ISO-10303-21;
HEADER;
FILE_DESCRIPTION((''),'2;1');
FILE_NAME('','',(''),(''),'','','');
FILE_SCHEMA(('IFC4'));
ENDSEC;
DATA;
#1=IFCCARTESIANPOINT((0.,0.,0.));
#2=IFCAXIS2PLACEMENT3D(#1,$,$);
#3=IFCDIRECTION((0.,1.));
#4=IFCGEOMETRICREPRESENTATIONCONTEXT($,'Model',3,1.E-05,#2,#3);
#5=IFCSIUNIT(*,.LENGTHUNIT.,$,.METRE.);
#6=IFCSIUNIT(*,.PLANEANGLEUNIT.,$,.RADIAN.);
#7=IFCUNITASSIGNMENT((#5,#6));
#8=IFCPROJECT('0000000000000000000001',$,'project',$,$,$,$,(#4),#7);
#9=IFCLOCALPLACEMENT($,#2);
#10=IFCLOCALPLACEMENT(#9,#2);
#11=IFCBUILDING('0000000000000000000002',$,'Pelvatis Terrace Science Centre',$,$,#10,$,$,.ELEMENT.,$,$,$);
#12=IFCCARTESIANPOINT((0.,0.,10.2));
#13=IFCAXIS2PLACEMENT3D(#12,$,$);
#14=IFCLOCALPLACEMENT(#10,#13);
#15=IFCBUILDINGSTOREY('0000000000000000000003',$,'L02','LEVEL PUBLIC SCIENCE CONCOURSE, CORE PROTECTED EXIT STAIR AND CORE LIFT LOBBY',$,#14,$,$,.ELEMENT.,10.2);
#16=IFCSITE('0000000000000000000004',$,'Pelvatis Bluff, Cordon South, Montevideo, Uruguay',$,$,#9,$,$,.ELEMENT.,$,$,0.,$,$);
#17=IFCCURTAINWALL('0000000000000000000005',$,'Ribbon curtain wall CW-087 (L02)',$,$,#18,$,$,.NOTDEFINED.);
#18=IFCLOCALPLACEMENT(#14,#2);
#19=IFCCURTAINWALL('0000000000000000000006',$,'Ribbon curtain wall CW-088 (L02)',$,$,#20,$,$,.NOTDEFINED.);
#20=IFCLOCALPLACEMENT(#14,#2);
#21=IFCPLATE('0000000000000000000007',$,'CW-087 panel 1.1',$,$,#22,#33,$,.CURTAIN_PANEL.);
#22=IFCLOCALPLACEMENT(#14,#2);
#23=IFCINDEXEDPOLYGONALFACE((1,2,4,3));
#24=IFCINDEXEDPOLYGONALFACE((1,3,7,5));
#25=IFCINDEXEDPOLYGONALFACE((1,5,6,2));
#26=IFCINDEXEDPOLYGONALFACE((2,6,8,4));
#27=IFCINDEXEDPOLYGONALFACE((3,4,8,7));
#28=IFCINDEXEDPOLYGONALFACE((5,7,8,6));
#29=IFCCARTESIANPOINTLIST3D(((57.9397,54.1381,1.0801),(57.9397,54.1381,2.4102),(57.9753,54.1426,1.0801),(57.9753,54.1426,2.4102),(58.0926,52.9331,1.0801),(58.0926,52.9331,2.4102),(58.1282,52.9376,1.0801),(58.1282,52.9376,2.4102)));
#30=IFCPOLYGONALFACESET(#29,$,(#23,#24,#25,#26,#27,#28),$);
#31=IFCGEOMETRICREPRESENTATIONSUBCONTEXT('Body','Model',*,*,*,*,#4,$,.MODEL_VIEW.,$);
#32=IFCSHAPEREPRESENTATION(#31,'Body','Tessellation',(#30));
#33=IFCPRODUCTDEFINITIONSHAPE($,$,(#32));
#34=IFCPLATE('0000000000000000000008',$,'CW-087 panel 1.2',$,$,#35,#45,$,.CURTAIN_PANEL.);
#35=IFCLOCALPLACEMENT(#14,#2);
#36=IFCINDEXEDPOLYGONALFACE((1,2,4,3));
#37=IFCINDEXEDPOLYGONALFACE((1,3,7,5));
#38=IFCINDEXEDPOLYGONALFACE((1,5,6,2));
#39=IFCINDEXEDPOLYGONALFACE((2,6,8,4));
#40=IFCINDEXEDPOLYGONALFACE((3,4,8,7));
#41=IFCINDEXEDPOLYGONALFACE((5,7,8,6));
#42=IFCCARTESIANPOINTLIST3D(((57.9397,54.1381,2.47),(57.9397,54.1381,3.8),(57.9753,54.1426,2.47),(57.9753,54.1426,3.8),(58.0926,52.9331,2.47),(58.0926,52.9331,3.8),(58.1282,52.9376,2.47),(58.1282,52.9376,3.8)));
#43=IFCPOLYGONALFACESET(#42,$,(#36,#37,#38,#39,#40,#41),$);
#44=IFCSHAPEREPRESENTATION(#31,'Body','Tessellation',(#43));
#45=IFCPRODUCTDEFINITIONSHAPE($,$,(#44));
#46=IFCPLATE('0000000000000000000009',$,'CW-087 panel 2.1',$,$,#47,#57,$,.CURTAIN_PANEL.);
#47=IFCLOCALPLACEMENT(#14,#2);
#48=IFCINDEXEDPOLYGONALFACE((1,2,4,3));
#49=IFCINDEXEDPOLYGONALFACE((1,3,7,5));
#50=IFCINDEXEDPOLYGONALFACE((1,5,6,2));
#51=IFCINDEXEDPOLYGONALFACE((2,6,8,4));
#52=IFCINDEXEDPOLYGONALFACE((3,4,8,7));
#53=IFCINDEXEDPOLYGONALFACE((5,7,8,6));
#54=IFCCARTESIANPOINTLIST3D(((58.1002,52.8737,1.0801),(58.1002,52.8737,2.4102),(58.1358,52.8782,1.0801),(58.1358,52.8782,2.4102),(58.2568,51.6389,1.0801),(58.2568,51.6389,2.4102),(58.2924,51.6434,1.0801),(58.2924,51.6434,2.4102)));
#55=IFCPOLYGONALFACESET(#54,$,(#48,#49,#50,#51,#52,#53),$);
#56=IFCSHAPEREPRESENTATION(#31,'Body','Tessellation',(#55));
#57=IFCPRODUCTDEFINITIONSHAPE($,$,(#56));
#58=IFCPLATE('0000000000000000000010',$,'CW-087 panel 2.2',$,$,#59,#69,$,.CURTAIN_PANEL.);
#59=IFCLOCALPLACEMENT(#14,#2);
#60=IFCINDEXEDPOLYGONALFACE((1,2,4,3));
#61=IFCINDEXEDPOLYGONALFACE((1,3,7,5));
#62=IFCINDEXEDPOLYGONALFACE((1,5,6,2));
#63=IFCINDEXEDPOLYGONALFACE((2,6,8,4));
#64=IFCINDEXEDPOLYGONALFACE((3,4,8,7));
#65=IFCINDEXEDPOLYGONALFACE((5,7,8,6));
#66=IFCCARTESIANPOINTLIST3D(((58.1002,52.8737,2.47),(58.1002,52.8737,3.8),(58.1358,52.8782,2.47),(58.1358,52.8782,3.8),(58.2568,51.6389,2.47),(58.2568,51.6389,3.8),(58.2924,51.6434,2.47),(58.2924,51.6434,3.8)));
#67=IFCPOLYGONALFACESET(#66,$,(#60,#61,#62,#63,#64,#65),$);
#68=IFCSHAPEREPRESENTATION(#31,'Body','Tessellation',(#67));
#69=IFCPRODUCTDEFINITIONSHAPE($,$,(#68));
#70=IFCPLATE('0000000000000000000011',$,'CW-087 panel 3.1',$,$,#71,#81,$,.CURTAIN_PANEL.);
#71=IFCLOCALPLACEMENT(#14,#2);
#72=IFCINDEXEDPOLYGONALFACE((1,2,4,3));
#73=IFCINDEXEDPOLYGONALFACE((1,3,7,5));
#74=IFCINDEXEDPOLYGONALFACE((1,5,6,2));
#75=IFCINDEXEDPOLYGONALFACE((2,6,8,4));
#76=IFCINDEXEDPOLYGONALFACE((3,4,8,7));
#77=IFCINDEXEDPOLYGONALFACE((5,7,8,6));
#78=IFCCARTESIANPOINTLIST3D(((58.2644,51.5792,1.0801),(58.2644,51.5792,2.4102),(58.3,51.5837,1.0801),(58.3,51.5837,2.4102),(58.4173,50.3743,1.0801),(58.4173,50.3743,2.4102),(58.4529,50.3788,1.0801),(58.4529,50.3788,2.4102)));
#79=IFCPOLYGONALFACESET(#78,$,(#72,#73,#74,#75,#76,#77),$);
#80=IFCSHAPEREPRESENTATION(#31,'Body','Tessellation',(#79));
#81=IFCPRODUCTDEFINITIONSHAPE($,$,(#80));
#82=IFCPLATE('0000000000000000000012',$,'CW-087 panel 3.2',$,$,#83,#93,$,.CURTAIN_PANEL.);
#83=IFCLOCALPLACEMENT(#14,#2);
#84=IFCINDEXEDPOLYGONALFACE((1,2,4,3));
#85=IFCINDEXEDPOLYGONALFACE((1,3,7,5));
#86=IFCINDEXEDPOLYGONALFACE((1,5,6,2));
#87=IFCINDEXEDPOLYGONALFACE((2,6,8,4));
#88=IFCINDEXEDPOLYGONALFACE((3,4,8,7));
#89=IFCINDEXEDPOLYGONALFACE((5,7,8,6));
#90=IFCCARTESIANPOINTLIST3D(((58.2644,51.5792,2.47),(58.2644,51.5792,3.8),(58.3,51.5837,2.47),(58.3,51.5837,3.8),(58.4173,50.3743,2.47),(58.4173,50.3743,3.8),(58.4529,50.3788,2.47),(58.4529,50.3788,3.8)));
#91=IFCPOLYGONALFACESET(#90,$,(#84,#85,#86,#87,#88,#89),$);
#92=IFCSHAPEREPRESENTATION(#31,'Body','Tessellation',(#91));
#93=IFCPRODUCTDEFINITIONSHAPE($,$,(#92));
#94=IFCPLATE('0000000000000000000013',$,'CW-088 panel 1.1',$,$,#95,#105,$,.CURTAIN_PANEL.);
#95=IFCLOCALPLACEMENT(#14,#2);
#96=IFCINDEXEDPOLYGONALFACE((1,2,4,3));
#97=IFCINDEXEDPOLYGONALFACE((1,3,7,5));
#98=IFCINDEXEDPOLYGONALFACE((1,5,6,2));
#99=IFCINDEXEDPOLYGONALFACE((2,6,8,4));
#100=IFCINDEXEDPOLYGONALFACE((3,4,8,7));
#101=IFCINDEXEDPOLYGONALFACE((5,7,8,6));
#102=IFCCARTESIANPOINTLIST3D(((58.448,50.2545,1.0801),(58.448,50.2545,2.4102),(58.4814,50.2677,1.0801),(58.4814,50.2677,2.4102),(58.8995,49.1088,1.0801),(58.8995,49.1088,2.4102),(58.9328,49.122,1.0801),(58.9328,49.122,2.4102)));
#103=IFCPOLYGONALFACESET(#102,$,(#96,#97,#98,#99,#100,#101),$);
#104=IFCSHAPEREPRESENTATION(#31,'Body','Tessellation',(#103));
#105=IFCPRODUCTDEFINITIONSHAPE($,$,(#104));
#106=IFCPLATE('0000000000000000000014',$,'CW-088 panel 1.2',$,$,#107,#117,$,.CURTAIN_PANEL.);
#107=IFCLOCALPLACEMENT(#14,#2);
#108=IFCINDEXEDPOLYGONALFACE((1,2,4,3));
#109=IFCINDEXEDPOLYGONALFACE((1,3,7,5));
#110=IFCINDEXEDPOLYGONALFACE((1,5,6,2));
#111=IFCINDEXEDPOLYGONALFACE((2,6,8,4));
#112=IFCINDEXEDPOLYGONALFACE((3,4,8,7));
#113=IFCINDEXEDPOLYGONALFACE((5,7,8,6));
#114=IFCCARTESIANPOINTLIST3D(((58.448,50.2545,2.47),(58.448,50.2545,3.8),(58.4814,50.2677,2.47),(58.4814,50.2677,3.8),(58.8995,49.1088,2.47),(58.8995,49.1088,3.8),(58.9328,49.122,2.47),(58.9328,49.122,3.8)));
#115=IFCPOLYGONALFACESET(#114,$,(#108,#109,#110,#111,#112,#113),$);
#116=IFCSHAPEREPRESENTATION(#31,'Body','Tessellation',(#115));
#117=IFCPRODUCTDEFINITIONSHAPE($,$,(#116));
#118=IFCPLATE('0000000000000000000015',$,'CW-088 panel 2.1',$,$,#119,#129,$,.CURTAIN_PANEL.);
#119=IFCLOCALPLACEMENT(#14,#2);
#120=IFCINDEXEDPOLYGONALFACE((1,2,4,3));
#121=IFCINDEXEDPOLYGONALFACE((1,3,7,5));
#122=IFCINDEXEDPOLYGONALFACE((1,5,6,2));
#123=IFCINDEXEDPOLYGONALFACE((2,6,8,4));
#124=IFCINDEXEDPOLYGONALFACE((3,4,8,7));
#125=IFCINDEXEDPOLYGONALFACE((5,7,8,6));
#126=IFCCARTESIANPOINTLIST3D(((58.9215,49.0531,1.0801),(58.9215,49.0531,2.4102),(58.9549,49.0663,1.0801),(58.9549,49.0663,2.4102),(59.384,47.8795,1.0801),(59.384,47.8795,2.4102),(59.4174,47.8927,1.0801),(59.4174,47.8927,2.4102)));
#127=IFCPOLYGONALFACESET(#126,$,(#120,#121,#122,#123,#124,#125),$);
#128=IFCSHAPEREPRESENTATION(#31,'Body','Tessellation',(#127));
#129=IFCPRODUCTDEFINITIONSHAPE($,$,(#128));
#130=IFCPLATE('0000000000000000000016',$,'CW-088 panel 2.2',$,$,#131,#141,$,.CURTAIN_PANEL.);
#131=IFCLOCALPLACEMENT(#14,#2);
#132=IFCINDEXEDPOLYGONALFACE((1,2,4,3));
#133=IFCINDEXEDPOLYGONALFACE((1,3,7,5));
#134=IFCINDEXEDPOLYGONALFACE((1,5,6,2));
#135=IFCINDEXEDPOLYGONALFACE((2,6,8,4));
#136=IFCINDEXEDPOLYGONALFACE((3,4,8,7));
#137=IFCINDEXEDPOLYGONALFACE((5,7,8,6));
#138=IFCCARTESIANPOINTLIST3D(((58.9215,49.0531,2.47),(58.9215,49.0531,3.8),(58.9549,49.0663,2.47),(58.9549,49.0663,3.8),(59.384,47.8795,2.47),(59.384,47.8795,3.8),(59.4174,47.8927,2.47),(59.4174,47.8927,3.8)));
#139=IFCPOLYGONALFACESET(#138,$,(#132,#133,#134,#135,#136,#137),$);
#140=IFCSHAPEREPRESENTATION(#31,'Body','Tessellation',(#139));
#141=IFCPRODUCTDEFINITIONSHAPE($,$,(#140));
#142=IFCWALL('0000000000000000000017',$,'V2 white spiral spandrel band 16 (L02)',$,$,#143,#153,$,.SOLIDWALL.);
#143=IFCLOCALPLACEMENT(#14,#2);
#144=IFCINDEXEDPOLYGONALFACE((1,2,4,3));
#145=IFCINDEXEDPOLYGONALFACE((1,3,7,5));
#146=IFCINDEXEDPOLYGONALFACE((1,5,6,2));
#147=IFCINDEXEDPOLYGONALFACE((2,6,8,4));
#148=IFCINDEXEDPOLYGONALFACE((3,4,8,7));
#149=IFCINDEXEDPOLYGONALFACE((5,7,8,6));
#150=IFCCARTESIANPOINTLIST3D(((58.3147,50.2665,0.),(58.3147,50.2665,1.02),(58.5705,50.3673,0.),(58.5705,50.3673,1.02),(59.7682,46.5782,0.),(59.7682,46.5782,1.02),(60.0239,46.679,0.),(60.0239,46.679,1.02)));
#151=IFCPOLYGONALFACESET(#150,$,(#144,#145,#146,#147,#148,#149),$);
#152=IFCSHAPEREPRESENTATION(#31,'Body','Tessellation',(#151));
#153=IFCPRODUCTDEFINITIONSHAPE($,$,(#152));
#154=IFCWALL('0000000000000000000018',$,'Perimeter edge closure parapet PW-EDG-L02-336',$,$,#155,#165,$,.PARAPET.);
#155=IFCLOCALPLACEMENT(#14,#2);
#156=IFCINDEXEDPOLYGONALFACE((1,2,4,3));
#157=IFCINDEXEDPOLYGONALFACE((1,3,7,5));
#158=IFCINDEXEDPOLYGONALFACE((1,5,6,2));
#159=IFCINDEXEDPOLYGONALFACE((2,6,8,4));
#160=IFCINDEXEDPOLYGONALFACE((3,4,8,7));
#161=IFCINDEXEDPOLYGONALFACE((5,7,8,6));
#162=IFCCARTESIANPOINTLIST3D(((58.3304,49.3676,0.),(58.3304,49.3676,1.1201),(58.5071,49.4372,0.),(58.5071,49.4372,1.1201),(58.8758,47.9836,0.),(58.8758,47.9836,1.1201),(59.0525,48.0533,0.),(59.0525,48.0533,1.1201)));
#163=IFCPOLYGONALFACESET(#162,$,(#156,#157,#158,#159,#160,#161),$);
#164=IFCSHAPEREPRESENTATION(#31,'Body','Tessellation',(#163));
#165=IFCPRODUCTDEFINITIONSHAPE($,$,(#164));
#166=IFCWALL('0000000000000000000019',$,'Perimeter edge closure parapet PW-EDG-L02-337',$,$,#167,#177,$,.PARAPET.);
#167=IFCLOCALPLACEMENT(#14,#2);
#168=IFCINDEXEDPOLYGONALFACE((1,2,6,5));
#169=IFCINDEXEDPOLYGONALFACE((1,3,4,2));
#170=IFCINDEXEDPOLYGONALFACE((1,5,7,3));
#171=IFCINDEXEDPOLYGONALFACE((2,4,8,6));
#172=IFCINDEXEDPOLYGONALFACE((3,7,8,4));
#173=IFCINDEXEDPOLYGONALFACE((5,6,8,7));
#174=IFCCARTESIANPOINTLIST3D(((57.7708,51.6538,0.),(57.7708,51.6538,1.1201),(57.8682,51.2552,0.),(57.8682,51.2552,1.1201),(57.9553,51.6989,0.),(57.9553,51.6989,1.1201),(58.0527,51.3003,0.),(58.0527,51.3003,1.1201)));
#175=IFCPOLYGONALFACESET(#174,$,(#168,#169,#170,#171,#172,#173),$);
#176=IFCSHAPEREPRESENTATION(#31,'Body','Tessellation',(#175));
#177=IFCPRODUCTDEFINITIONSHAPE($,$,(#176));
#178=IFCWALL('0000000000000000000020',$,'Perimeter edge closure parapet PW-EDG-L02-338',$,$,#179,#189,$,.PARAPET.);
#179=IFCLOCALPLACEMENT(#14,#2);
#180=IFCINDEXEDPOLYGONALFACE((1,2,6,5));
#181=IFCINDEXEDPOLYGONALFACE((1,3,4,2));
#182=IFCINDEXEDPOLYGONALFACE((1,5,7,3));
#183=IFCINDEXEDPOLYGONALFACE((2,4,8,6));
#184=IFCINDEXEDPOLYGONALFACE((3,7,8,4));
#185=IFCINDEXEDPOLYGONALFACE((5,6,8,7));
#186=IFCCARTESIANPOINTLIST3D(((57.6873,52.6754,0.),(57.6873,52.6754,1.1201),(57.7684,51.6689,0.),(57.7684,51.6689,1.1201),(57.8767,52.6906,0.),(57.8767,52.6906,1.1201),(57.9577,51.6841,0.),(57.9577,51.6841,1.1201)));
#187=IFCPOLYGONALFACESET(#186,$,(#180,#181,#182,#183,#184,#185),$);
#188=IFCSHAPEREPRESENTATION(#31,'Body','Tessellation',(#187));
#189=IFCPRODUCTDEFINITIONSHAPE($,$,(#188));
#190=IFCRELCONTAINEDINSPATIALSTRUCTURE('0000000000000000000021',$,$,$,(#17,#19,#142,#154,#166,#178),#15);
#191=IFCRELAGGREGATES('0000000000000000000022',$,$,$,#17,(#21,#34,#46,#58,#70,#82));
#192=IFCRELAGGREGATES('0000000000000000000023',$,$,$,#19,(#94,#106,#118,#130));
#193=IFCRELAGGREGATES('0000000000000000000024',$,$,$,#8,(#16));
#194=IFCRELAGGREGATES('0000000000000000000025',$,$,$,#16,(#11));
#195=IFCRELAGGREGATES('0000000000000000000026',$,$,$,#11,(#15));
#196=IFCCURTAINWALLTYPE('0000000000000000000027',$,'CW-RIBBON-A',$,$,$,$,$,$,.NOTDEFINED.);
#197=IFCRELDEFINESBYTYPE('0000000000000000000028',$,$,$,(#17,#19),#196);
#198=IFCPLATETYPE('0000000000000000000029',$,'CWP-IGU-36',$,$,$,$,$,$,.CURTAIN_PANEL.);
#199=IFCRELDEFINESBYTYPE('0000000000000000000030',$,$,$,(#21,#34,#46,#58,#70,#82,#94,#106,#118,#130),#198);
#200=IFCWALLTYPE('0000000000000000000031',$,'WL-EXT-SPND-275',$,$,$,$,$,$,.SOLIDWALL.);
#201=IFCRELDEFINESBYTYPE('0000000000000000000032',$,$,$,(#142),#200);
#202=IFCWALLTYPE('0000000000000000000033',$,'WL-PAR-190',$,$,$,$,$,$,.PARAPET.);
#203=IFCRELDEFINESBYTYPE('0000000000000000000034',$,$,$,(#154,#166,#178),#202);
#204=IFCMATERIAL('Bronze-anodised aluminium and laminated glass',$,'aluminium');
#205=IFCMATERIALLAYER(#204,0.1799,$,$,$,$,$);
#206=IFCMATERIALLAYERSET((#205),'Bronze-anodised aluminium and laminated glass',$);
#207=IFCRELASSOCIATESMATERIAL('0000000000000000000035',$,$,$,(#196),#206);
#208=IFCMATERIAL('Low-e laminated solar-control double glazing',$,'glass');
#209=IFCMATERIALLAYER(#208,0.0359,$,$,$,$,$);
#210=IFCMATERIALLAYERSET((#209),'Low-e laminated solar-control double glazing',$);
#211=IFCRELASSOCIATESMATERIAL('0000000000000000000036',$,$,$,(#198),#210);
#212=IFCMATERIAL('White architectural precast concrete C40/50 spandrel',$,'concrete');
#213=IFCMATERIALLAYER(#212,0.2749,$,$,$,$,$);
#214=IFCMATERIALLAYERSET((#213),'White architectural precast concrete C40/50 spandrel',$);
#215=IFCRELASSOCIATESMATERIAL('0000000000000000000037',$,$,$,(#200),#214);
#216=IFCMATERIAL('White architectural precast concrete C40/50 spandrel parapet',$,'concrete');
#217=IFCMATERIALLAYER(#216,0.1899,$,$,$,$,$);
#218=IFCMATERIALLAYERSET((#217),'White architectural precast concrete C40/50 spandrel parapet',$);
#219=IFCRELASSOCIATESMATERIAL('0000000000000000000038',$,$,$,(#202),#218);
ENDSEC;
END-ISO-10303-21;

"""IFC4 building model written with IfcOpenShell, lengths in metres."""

from ifc_helpers import new_model, si_unit, direction, frame, frame_2d, origin, origin_2d, place, context, subcontext, project, spatial, rectangle, extrude, material, layer, layer_set, type_object, element, aggregate, save


model = new_model("IFC4")

# Units and contexts
model_context = context("Model", 3, precision=1e-05, world=origin(), true_north=direction((0.0, 1.0)))
body_context = subcontext(model_context, "Body", "Model", "MODEL_VIEW")
ifc_project = project(units=[si_unit("LENGTHUNIT", "METRE"), si_unit("PLANEANGLEUNIT", "RADIAN")], contexts=[model_context])

# Site, building, storey
site_placement = place(None, origin())
site = spatial("IfcSite", under=ifc_project, at=site_placement, Name="Pelvatis Bluff, Cordon South, Montevideo, Uruguay", CompositionType="ELEMENT", RefElevation=0.0)
building_placement = place(site_placement, origin())
building = spatial("IfcBuilding", under=site, at=building_placement, Name="Pelvatis Terrace Science Centre", CompositionType="ELEMENT")
storey_placement = place(building_placement, frame((0.0, 0.0, 10.2)))
storey = spatial("IfcBuildingStorey", under=building, at=storey_placement, Name="L02", Description="LEVEL PUBLIC SCIENCE CONCOURSE, CORE PROTECTED EXIT STAIR AND CORE LIFT LOBBY", CompositionType="ELEMENT", Elevation=10.2)

# Curtain walls
ifc_material_1 = material(Name="Bronze-anodised aluminium and laminated glass", Category="aluminium")
ifc_layer_1 = layer(ifc_material_1, 0.1799)
ifc_layer_set_1 = layer_set([ifc_layer_1], Name="Bronze-anodised aluminium and laminated glass")
curtain_wall_type = type_object("IfcCurtainWallType", Name="CW-RIBBON-A", PredefinedType="NOTDEFINED", material=ifc_layer_set_1)
curtain_wall_1_placement = place(storey_placement, origin())
curtain_wall_1 = element("IfcCurtainWall", 1, at=curtain_wall_1_placement, inside=storey, type_object=curtain_wall_type, Name="Ribbon curtain wall CW-087 (L02)", PredefinedType="NOTDEFINED")
curtain_wall_2_placement = place(storey_placement, origin())
curtain_wall_2 = element("IfcCurtainWall", 2, at=curtain_wall_2_placement, inside=storey, type_object=curtain_wall_type, Name="Ribbon curtain wall CW-088 (L02)", PredefinedType="NOTDEFINED")

# Plates
ifc_material_2 = material(Name="Low-e laminated solar-control double glazing", Category="glass")
ifc_layer_2 = layer(ifc_material_2, 0.0359)
ifc_layer_set_2 = layer_set([ifc_layer_2], Name="Low-e laminated solar-control double glazing")
plate_type = type_object("IfcPlateType", Name="CWP-IGU-36", PredefinedType="CURTAIN_PANEL", material=ifc_layer_set_2)
plate_1_placement = place(storey_placement, frame((58.0339, 53.5378, 1.0801), z_axis=(0.0, 0.0, 1.0), x_axis=(0.125877, -0.992046, 0.0)))
plate_1 = element("IfcPlate", 3, at=plate_1_placement, type_object=plate_type, Name="CW-087 panel 1.1", PredefinedType="CURTAIN_PANEL", context=body_context, shape_type="SweptSolid", body=[
    extrude(rectangle(XDim=1.2146, YDim=0.0359, at=origin_2d()), origin(), (0.0, 0.0, 1.0), 1.3301),
])
plate_2_placement = place(storey_placement, frame((58.0339, 53.5378, 2.47), z_axis=(0.0, 0.0, 1.0), x_axis=(0.125877, -0.992046, 0.0)))
plate_2 = element("IfcPlate", 4, at=plate_2_placement, type_object=plate_type, Name="CW-087 panel 1.2", PredefinedType="CURTAIN_PANEL", context=body_context, shape_type="SweptSolid", body=[
    extrude(rectangle(XDim=1.2146, YDim=0.0359, at=origin_2d()), origin(), (0.0, 0.0, 1.0), 1.3301),
])
plate_3_placement = place(storey_placement, frame((58.1963, 52.2585, 1.0801), z_axis=(0.0, 0.0, 1.0), x_axis=(0.125877, -0.992046, 0.0)))
plate_3 = element("IfcPlate", 5, at=plate_3_placement, type_object=plate_type, Name="CW-087 panel 2.1", PredefinedType="CURTAIN_PANEL", context=body_context, shape_type="SweptSolid", body=[
    extrude(rectangle(XDim=1.2446, YDim=0.0359, at=origin_2d()), origin(), (0.0, 0.0, 1.0), 1.3301),
])
plate_4_placement = place(storey_placement, frame((58.1963, 52.2585, 2.47), z_axis=(0.0, 0.0, 1.0), x_axis=(0.125877, -0.992046, 0.0)))
plate_4 = element("IfcPlate", 6, at=plate_4_placement, type_object=plate_type, Name="CW-087 panel 2.2", PredefinedType="CURTAIN_PANEL", context=body_context, shape_type="SweptSolid", body=[
    extrude(rectangle(XDim=1.2446, YDim=0.0359, at=origin_2d()), origin(), (0.0, 0.0, 1.0), 1.3301),
])
plate_5_placement = place(storey_placement, frame((58.3586, 50.979, 1.0801), z_axis=(0.0, 0.0, 1.0), x_axis=(0.125877, -0.992046, 0.0)))
plate_5 = element("IfcPlate", 7, at=plate_5_placement, type_object=plate_type, Name="CW-087 panel 3.1", PredefinedType="CURTAIN_PANEL", context=body_context, shape_type="SweptSolid", body=[
    extrude(rectangle(XDim=1.2146, YDim=0.0359, at=origin_2d()), origin(), (0.0, 0.0, 1.0), 1.3301),
])
plate_6_placement = place(storey_placement, frame((58.3586, 50.979, 2.47), z_axis=(0.0, 0.0, 1.0), x_axis=(0.125877, -0.992046, 0.0)))
plate_6 = element("IfcPlate", 8, at=plate_6_placement, type_object=plate_type, Name="CW-087 panel 3.2", PredefinedType="CURTAIN_PANEL", context=body_context, shape_type="SweptSolid", body=[
    extrude(rectangle(XDim=1.2146, YDim=0.0359, at=origin_2d()), origin(), (0.0, 0.0, 1.0), 1.3301),
])
aggregate(curtain_wall_1, [plate_1, plate_2, plate_3, plate_4, plate_5, plate_6])
plate_7_placement = place(storey_placement, frame((58.6904, 49.6882, 1.0801), z_axis=(0.0, 0.0, 1.0), x_axis=(0.366597, -0.93038, 0.0)))
plate_7 = element("IfcPlate", 9, at=plate_7_placement, type_object=plate_type, Name="CW-088 panel 1.1", PredefinedType="CURTAIN_PANEL", context=body_context, shape_type="SweptSolid", body=[
    extrude(rectangle(XDim=1.2314, YDim=0.0359, at=origin_2d()), origin(), (0.0, 0.0, 1.0), 1.3301),
])
plate_8_placement = place(storey_placement, frame((58.6904, 49.6882, 2.47), z_axis=(0.0, 0.0, 1.0), x_axis=(0.366597, -0.93038, 0.0)))
plate_8 = element("IfcPlate", 10, at=plate_8_placement, type_object=plate_type, Name="CW-088 panel 1.2", PredefinedType="CURTAIN_PANEL", context=body_context, shape_type="SweptSolid", body=[
    extrude(rectangle(XDim=1.2314, YDim=0.0359, at=origin_2d()), origin(), (0.0, 0.0, 1.0), 1.3301),
])
plate_9_placement = place(storey_placement, frame((59.1694, 48.4729, 1.0801), z_axis=(0.0, 0.0, 1.0), x_axis=(0.366597, -0.93038, 0.0)))
plate_9 = element("IfcPlate", 11, at=plate_9_placement, type_object=plate_type, Name="CW-088 panel 2.1", PredefinedType="CURTAIN_PANEL", context=body_context, shape_type="SweptSolid", body=[
    extrude(rectangle(XDim=1.2615, YDim=0.0359, at=origin_2d()), origin(), (0.0, 0.0, 1.0), 1.3301),
])
plate_10_placement = place(storey_placement, frame((59.1694, 48.4729, 2.47), z_axis=(0.0, 0.0, 1.0), x_axis=(0.366597, -0.93038, 0.0)))
plate_10 = element("IfcPlate", 12, at=plate_10_placement, type_object=plate_type, Name="CW-088 panel 2.2", PredefinedType="CURTAIN_PANEL", context=body_context, shape_type="SweptSolid", body=[
    extrude(rectangle(XDim=1.2615, YDim=0.0359, at=origin_2d()), origin(), (0.0, 0.0, 1.0), 1.3301),
])
aggregate(curtain_wall_2, [plate_7, plate_8, plate_9, plate_10])

# Walls
ifc_material_3 = material(Name="White architectural precast concrete C40/50 spandrel", Category="concrete")
ifc_layer_3 = layer(ifc_material_3, 0.2749)
ifc_layer_set_3 = layer_set([ifc_layer_3], Name="White architectural precast concrete C40/50 spandrel")
wall_type_1 = type_object("IfcWallType", Name="WL-EXT-SPND-275", PredefinedType="SOLIDWALL", material=ifc_layer_set_3)
wall_1_placement = place(storey_placement, frame((58.4426, 50.3169, 0.0), z_axis=(0.0, 0.0, 1.0), x_axis=(0.366618, -0.930371, 0.0)))
element("IfcWall", 13, at=wall_1_placement, inside=storey, type_object=wall_type_1, Name="V2 white spiral spandrel band 16 (L02)", PredefinedType="SOLIDWALL", context=body_context, shape_type="SweptSolid", body=[
    extrude(rectangle(XDim=3.9644, YDim=0.2749, at=frame_2d((1.9822, 0.0))), origin(), (0.0, 0.0, 1.0), 1.02),
])
ifc_material_4 = material(Name="White architectural precast concrete C40/50 spandrel parapet", Category="concrete")
ifc_layer_4 = layer(ifc_material_4, 0.1899)
ifc_layer_set_4 = layer_set([ifc_layer_4], Name="White architectural precast concrete C40/50 spandrel parapet")
wall_type_2 = type_object("IfcWallType", Name="WL-PAR-190", PredefinedType="PARAPET", material=ifc_layer_set_4)
wall_2_placement = place(storey_placement, frame((58.9641, 48.0186, 0.0), z_axis=(0.0, 0.0, 1.0), x_axis=(-0.366632, 0.930366, 0.0)))
element("IfcWall", 14, at=wall_2_placement, inside=storey, type_object=wall_type_2, Name="Perimeter edge closure parapet PW-EDG-L02-336", PredefinedType="PARAPET", context=body_context, shape_type="SweptSolid", body=[
    extrude(rectangle(XDim=1.4875, YDim=0.1899, at=frame_2d((0.7437, 0.0))), origin(), (0.0, 0.0, 1.0), 1.1201),
])
wall_3_placement = place(storey_placement, frame((57.9604, 51.2778, 0.0), z_axis=(0.0, 0.0, 1.0), x_axis=(-0.237353, 0.971423, 0.0)))
element("IfcWall", 15, at=wall_3_placement, inside=storey, type_object=wall_type_2, Name="Perimeter edge closure parapet PW-EDG-L02-337", PredefinedType="PARAPET", context=body_context, shape_type="SweptSolid", body=[
    extrude(rectangle(XDim=0.4104, YDim=0.1899, at=frame_2d((0.2051, 0.0))), origin(), (0.0, 0.0, 1.0), 1.1201),
])
wall_4_placement = place(storey_placement, frame((57.863, 51.6765, 0.0), z_axis=(0.0, 0.0, 1.0), x_axis=(-0.080264, 0.996774, 0.0)))
element("IfcWall", 16, at=wall_4_placement, inside=storey, type_object=wall_type_2, Name="Perimeter edge closure parapet PW-EDG-L02-338", PredefinedType="PARAPET", context=body_context, shape_type="SweptSolid", body=[
    extrude(rectangle(XDim=1.0098, YDim=0.1899, at=frame_2d((0.5049, 0.0))), origin(), (0.0, 0.0, 1.0), 1.1201),
])

save(model, "model.ifc")
